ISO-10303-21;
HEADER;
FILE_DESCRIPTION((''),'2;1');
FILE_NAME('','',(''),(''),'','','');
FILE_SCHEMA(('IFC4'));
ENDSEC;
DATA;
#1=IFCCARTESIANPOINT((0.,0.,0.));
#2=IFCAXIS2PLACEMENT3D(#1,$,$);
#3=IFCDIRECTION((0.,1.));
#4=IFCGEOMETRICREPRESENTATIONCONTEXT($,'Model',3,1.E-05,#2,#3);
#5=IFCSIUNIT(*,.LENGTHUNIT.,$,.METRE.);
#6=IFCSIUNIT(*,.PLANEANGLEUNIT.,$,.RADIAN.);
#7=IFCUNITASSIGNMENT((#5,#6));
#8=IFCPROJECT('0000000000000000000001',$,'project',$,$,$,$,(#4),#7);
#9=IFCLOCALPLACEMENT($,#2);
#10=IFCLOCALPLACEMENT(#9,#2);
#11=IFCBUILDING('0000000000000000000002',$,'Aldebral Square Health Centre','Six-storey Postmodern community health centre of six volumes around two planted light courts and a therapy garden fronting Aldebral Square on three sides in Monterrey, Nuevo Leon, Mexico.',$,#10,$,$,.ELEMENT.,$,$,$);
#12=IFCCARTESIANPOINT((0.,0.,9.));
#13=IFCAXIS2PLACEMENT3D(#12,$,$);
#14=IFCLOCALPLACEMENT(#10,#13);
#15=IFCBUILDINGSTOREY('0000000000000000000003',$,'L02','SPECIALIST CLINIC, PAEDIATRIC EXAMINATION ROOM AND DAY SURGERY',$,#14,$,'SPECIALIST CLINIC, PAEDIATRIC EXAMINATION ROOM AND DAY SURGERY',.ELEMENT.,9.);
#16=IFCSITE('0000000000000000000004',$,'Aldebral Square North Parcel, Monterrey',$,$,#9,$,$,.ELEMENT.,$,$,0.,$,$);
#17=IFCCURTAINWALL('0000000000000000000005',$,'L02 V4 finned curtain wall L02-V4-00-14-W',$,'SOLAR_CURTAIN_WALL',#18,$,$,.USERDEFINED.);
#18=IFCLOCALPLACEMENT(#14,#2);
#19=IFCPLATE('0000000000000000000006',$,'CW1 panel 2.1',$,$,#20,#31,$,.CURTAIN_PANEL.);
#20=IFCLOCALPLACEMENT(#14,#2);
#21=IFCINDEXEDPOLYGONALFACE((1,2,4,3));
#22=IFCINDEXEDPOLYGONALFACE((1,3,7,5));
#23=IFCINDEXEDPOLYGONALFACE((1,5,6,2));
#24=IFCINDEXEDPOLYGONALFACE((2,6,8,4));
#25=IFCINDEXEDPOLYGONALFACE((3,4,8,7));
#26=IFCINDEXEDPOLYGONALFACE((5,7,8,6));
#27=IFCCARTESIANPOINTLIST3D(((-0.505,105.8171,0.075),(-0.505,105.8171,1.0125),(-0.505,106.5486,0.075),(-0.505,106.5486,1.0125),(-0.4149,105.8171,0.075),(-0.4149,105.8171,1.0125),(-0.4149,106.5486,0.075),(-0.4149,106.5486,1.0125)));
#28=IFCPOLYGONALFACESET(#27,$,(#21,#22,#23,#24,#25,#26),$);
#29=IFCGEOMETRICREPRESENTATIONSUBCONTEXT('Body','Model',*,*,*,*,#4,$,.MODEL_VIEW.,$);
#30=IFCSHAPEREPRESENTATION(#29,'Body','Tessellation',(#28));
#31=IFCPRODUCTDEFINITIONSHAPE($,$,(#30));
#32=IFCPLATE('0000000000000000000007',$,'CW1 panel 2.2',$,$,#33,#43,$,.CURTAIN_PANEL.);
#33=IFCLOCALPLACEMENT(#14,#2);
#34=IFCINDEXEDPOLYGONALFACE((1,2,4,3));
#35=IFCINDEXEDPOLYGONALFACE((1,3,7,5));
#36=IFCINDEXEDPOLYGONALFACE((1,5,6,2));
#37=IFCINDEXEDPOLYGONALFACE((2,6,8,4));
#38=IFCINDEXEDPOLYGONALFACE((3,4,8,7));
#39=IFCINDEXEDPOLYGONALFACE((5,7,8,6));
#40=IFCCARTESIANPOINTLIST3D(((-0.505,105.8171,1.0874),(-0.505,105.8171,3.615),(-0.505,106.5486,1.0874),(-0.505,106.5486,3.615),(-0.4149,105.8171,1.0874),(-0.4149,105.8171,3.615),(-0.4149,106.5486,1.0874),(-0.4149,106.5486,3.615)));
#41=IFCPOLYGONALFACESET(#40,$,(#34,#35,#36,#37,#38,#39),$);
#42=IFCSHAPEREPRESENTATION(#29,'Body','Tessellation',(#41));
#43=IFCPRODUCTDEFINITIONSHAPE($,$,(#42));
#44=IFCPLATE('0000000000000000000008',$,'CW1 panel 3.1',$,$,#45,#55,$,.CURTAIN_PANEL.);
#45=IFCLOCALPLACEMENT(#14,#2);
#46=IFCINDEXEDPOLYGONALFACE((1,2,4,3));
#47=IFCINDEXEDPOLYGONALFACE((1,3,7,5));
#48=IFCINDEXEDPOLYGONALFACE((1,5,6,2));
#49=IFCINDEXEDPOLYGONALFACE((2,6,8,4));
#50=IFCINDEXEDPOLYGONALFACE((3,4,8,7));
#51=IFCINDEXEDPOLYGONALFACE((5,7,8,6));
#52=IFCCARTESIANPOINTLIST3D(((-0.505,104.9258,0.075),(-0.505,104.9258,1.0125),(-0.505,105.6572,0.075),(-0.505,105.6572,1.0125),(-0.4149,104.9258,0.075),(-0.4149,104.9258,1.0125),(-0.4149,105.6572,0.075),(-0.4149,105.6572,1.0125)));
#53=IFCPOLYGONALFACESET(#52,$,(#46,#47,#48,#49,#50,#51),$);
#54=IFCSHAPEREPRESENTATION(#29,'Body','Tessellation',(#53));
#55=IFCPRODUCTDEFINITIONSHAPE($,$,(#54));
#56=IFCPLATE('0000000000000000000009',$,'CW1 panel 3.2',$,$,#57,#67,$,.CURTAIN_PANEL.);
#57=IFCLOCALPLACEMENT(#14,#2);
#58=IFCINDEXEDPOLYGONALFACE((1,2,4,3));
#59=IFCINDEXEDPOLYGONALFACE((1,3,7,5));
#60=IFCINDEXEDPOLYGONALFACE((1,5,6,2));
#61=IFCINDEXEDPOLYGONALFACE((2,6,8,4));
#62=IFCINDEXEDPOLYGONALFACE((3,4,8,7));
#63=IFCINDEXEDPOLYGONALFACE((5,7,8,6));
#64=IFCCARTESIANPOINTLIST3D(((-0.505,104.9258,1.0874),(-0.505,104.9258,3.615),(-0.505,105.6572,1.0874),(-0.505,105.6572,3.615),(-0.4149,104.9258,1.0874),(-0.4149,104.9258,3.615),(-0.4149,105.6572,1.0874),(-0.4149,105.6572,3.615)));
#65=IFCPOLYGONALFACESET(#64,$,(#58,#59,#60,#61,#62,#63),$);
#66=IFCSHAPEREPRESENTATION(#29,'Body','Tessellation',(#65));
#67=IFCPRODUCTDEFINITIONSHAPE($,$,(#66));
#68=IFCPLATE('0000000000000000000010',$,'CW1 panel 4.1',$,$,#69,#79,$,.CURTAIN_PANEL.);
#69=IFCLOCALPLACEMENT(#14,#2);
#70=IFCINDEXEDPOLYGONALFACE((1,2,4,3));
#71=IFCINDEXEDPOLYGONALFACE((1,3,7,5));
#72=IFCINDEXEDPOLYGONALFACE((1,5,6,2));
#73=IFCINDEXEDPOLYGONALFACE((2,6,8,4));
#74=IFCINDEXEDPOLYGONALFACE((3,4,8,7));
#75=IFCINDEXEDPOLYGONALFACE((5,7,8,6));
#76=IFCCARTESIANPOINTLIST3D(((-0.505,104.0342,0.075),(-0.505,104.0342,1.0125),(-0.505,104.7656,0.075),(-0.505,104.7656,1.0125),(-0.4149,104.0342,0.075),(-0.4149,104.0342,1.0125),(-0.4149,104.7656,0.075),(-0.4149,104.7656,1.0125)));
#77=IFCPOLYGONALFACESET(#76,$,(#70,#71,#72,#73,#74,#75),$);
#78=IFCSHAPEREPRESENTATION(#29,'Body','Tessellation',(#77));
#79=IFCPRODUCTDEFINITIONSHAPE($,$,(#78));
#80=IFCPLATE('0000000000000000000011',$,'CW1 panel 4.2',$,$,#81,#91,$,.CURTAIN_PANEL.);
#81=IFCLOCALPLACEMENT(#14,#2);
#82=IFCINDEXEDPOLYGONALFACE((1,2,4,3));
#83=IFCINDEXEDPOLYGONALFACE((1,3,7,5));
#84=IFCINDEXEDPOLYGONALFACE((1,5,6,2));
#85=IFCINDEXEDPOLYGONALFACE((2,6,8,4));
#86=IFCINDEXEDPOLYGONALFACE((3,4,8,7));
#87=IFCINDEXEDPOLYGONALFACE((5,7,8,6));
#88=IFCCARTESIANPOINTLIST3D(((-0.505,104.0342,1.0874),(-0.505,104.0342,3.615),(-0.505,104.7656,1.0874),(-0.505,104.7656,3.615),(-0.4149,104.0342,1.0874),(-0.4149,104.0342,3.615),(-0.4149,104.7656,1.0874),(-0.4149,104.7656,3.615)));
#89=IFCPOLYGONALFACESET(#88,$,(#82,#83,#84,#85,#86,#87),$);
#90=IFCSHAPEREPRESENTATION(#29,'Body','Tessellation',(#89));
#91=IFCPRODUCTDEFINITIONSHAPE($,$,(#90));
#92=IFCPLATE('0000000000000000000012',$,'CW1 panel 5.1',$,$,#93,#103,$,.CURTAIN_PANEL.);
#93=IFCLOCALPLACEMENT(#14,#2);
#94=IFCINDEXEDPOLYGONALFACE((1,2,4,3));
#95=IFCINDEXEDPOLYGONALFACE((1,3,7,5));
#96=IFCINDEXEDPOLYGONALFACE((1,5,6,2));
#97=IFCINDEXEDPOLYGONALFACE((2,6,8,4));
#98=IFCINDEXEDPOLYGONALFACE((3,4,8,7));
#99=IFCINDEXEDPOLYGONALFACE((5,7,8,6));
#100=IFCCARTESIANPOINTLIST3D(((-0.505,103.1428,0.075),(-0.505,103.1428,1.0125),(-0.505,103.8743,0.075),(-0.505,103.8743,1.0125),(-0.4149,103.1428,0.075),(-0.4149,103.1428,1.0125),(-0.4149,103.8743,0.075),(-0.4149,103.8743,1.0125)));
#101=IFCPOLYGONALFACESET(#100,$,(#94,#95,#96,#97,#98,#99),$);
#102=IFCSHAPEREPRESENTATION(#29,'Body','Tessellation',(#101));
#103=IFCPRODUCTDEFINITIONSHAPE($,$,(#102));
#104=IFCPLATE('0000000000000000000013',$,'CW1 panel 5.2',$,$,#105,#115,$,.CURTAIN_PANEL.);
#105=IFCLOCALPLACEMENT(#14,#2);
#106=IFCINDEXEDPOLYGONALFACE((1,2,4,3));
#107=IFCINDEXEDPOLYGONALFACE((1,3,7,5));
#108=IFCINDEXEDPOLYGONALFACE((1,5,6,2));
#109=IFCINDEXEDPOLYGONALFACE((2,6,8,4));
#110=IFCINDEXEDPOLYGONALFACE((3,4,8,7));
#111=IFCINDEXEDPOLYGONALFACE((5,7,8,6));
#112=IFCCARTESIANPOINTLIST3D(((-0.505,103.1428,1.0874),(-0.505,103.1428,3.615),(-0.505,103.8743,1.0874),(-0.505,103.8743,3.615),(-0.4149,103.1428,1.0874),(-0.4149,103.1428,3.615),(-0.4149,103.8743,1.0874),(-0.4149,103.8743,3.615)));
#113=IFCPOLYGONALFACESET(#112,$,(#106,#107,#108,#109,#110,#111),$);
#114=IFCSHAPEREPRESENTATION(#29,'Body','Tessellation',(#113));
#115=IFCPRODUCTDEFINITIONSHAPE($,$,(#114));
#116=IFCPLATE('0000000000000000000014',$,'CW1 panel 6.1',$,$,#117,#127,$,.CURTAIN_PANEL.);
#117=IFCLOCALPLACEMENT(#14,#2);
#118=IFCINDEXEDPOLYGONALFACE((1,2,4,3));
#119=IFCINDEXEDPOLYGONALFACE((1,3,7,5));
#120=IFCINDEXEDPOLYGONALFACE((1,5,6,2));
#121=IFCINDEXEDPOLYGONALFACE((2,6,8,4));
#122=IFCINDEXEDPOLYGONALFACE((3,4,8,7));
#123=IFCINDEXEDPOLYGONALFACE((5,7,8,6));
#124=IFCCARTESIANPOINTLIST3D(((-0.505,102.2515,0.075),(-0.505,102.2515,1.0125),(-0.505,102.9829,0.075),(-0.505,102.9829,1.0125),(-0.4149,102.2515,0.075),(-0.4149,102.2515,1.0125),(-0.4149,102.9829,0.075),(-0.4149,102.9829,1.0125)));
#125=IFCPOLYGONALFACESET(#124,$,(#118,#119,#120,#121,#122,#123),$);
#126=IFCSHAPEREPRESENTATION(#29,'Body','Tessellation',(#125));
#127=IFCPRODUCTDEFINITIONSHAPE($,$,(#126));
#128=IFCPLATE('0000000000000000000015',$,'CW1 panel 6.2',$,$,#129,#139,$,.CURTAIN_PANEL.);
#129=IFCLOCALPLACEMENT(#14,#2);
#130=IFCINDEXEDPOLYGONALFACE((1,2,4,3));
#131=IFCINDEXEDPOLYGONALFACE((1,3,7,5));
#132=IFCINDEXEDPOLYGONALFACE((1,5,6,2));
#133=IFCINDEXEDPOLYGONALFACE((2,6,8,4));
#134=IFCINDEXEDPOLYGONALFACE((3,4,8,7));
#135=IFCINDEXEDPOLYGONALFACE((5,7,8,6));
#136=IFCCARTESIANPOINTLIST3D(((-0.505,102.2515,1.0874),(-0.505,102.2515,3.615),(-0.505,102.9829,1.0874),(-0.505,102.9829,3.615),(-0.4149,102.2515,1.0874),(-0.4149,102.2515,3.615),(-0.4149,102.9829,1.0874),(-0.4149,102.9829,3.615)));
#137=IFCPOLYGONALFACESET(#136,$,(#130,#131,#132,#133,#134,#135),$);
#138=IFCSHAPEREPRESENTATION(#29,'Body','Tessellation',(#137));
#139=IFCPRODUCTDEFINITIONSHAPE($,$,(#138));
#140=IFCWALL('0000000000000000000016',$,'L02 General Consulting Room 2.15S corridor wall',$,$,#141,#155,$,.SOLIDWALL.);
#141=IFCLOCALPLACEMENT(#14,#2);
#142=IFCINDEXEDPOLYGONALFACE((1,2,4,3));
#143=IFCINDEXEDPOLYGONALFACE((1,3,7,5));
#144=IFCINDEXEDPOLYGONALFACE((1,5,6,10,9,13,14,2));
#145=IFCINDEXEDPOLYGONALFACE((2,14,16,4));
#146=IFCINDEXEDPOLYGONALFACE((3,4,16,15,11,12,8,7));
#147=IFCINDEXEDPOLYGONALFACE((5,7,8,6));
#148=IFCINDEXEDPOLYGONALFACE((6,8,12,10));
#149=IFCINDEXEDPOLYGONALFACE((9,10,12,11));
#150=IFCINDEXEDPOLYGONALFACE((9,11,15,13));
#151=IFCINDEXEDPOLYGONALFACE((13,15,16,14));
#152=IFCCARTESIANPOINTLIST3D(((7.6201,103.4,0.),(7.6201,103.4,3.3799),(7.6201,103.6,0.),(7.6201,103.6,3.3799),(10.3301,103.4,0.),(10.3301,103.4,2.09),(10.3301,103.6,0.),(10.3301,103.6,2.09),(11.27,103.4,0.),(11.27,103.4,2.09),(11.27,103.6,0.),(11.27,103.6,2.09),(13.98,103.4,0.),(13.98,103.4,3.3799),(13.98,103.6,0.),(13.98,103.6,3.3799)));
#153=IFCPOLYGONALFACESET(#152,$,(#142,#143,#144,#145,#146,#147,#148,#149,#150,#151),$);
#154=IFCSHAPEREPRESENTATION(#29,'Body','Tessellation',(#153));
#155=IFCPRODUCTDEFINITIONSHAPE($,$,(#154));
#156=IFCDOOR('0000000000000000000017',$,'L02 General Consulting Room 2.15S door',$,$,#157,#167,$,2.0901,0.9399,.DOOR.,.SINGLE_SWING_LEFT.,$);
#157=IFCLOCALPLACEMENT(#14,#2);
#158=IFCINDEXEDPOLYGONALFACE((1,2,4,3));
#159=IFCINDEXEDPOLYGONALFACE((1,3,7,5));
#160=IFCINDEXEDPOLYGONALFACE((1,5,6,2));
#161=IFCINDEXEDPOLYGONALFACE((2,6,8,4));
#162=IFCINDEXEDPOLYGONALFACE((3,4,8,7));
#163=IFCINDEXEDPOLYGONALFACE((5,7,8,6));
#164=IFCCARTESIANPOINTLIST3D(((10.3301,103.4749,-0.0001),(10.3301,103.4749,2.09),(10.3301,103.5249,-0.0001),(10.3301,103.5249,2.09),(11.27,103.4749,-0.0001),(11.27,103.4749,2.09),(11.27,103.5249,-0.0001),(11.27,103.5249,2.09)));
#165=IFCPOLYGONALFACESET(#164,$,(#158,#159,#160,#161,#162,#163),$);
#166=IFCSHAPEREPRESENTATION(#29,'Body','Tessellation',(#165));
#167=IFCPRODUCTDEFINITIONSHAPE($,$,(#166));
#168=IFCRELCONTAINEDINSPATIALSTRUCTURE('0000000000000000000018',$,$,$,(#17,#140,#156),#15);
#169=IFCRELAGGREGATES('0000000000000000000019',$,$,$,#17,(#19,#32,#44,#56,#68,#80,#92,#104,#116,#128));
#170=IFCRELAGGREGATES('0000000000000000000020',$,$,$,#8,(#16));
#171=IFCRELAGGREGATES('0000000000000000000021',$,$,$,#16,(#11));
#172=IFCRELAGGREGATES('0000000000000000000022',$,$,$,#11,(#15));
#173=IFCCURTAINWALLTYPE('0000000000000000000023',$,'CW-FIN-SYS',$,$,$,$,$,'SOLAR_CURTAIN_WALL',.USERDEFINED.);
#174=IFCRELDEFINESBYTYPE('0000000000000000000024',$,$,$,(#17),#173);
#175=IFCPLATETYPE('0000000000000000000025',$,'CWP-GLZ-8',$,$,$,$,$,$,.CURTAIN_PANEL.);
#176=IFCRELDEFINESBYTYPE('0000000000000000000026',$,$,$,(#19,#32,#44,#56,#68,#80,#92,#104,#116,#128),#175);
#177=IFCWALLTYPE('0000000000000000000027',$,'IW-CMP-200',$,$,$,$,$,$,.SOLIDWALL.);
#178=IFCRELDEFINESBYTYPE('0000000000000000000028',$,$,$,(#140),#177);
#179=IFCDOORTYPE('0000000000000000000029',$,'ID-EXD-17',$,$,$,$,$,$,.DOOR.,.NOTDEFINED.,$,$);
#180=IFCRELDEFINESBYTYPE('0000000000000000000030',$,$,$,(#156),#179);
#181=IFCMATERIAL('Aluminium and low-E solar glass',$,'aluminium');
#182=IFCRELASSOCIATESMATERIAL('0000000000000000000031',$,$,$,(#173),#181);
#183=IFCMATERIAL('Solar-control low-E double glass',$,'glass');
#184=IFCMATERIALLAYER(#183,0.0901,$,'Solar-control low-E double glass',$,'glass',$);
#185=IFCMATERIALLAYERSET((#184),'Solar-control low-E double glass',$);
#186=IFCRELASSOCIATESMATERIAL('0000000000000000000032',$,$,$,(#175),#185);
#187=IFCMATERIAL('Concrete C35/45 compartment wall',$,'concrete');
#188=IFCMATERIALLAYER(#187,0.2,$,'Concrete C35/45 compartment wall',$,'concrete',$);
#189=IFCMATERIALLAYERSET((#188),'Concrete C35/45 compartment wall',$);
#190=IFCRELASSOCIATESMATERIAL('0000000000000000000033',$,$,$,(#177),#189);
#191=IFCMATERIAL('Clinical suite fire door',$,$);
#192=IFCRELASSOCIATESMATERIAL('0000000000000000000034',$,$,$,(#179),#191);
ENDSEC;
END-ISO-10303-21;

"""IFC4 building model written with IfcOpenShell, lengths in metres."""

from ifc_helpers import new_model, si_unit, direction, frame, frame_2d, origin, origin_2d, place, context, subcontext, project, spatial, rectangle, extrude, material, layer, layer_set, type_object, element, fill, aggregate, save


model = new_model("IFC4")

# Units and contexts
model_context = context("Model", 3, precision=1e-05, world=origin(), true_north=direction((0.0, 1.0)))
body_context = subcontext(model_context, "Body", "Model", "MODEL_VIEW")
ifc_project = project(units=[si_unit("LENGTHUNIT", "METRE"), si_unit("PLANEANGLEUNIT", "RADIAN")], contexts=[model_context])

# Site, building, storey
site_placement = place(None, origin())
site = spatial("IfcSite", under=ifc_project, at=site_placement, Name="Aldebral Square North Parcel, Monterrey", CompositionType="ELEMENT", RefElevation=0.0)
building_placement = place(site_placement, origin())
building = spatial("IfcBuilding", under=site, at=building_placement, Name="Aldebral Square Health Centre", Description="Six-storey Postmodern community health centre of six volumes around two planted light courts and a therapy garden fronting Aldebral Square on three sides in Monterrey, Nuevo Leon, Mexico.", CompositionType="ELEMENT")
storey_placement = place(building_placement, frame((0.0, 0.0, 9.0)))
storey = spatial("IfcBuildingStorey", under=building, at=storey_placement, Name="L02", Description="SPECIALIST CLINIC, PAEDIATRIC EXAMINATION ROOM AND DAY SURGERY", LongName="SPECIALIST CLINIC, PAEDIATRIC EXAMINATION ROOM AND DAY SURGERY", CompositionType="ELEMENT", Elevation=9.0)

# Curtain wall, plates
ifc_material_1 = material(Name="Aluminium and low-E solar glass", Category="aluminium")
curtain_wall_type = type_object("IfcCurtainWallType", Name="CW-FIN-SYS", ElementType="SOLAR_CURTAIN_WALL", PredefinedType="USERDEFINED", material=ifc_material_1)
curtain_wall_placement = place(storey_placement, origin())
curtain_wall = element("IfcCurtainWall", 1, at=curtain_wall_placement, inside=storey, type_object=curtain_wall_type, Name="L02 V4 finned curtain wall L02-V4-00-14-W", ObjectType="SOLAR_CURTAIN_WALL", PredefinedType="USERDEFINED")
ifc_material_2 = material(Name="Solar-control low-E double glass", Category="glass")
ifc_layer_1 = layer(ifc_material_2, 0.0901, Name="Solar-control low-E double glass", Category="glass")
ifc_layer_set_1 = layer_set([ifc_layer_1], Name="Solar-control low-E double glass")
plate_type = type_object("IfcPlateType", Name="CWP-GLZ-8", PredefinedType="CURTAIN_PANEL", material=ifc_layer_set_1)
plate_1_placement = place(storey_placement, frame((-0.46, 106.1829, 0.075), z_axis=(0.0, 0.0, 1.0), x_axis=(0.0, -1.0, 0.0)))
plate_1 = element("IfcPlate", 2, at=plate_1_placement, type_object=plate_type, Name="CW1 panel 2.1", PredefinedType="CURTAIN_PANEL", context=body_context, shape_type="SweptSolid", body=[
    extrude(rectangle(XDim=0.7314, YDim=0.0901, at=origin_2d()), origin(), (0.0, 0.0, 1.0), 0.9375),
])
plate_2_placement = place(storey_placement, frame((-0.46, 106.1829, 1.0874), z_axis=(0.0, 0.0, 1.0), x_axis=(0.0, -1.0, 0.0)))
plate_2 = element("IfcPlate", 3, at=plate_2_placement, type_object=plate_type, Name="CW1 panel 2.2", PredefinedType="CURTAIN_PANEL", context=body_context, shape_type="SweptSolid", body=[
    extrude(rectangle(XDim=0.7314, YDim=0.0901, at=origin_2d()), origin(), (0.0, 0.0, 1.0), 2.5276),
])
plate_3_placement = place(storey_placement, frame((-0.46, 105.2915, 0.075), z_axis=(0.0, 0.0, 1.0), x_axis=(0.0, -1.0, 0.0)))
plate_3 = element("IfcPlate", 4, at=plate_3_placement, type_object=plate_type, Name="CW1 panel 3.1", PredefinedType="CURTAIN_PANEL", context=body_context, shape_type="SweptSolid", body=[
    extrude(rectangle(XDim=0.7314, YDim=0.0901, at=origin_2d()), origin(), (0.0, 0.0, 1.0), 0.9375),
])
plate_4_placement = place(storey_placement, frame((-0.46, 105.2915, 1.0874), z_axis=(0.0, 0.0, 1.0), x_axis=(0.0, -1.0, 0.0)))
plate_4 = element("IfcPlate", 5, at=plate_4_placement, type_object=plate_type, Name="CW1 panel 3.2", PredefinedType="CURTAIN_PANEL", context=body_context, shape_type="SweptSolid", body=[
    extrude(rectangle(XDim=0.7314, YDim=0.0901, at=origin_2d()), origin(), (0.0, 0.0, 1.0), 2.5276),
])
plate_5_placement = place(storey_placement, frame((-0.46, 104.3999, 0.075), z_axis=(0.0, 0.0, 1.0), x_axis=(0.0, -1.0, 0.0)))
plate_5 = element("IfcPlate", 6, at=plate_5_placement, type_object=plate_type, Name="CW1 panel 4.1", PredefinedType="CURTAIN_PANEL", context=body_context, shape_type="SweptSolid", body=[
    extrude(rectangle(XDim=0.7314, YDim=0.0901, at=origin_2d()), origin(), (0.0, 0.0, 1.0), 0.9375),
])
plate_6_placement = place(storey_placement, frame((-0.46, 104.3999, 1.0874), z_axis=(0.0, 0.0, 1.0), x_axis=(0.0, -1.0, 0.0)))
plate_6 = element("IfcPlate", 7, at=plate_6_placement, type_object=plate_type, Name="CW1 panel 4.2", PredefinedType="CURTAIN_PANEL", context=body_context, shape_type="SweptSolid", body=[
    extrude(rectangle(XDim=0.7314, YDim=0.0901, at=origin_2d()), origin(), (0.0, 0.0, 1.0), 2.5276),
])
plate_7_placement = place(storey_placement, frame((-0.46, 103.5085, 0.075), z_axis=(0.0, 0.0, 1.0), x_axis=(0.0, -1.0, 0.0)))
plate_7 = element("IfcPlate", 8, at=plate_7_placement, type_object=plate_type, Name="CW1 panel 5.1", PredefinedType="CURTAIN_PANEL", context=body_context, shape_type="SweptSolid", body=[
    extrude(rectangle(XDim=0.7314, YDim=0.0901, at=origin_2d()), origin(), (0.0, 0.0, 1.0), 0.9375),
])
plate_8_placement = place(storey_placement, frame((-0.46, 103.5085, 1.0874), z_axis=(0.0, 0.0, 1.0), x_axis=(0.0, -1.0, 0.0)))
plate_8 = element("IfcPlate", 9, at=plate_8_placement, type_object=plate_type, Name="CW1 panel 5.2", PredefinedType="CURTAIN_PANEL", context=body_context, shape_type="SweptSolid", body=[
    extrude(rectangle(XDim=0.7314, YDim=0.0901, at=origin_2d()), origin(), (0.0, 0.0, 1.0), 2.5276),
])
plate_9_placement = place(storey_placement, frame((-0.46, 102.6172, 0.075), z_axis=(0.0, 0.0, 1.0), x_axis=(0.0, -1.0, 0.0)))
plate_9 = element("IfcPlate", 10, at=plate_9_placement, type_object=plate_type, Name="CW1 panel 6.1", PredefinedType="CURTAIN_PANEL", context=body_context, shape_type="SweptSolid", body=[
    extrude(rectangle(XDim=0.7314, YDim=0.0901, at=origin_2d()), origin(), (0.0, 0.0, 1.0), 0.9375),
])
plate_10_placement = place(storey_placement, frame((-0.46, 102.6172, 1.0874), z_axis=(0.0, 0.0, 1.0), x_axis=(0.0, -1.0, 0.0)))
plate_10 = element("IfcPlate", 11, at=plate_10_placement, type_object=plate_type, Name="CW1 panel 6.2", PredefinedType="CURTAIN_PANEL", context=body_context, shape_type="SweptSolid", body=[
    extrude(rectangle(XDim=0.7314, YDim=0.0901, at=origin_2d()), origin(), (0.0, 0.0, 1.0), 2.5276),
])
aggregate(curtain_wall, [plate_1, plate_2, plate_3, plate_4, plate_5, plate_6, plate_7, plate_8, plate_9, plate_10])

# Wall, opening, door
ifc_material_3 = material(Name="Concrete C35/45 compartment wall", Category="concrete")
ifc_layer_2 = layer(ifc_material_3, 0.2, Name="Concrete C35/45 compartment wall", Category="concrete")
ifc_layer_set_2 = layer_set([ifc_layer_2], Name="Concrete C35/45 compartment wall")
wall_type_1 = type_object("IfcWallType", Name="IW-CMP-200", PredefinedType="SOLIDWALL", material=ifc_layer_set_2)
wall_1_placement = place(storey_placement, frame((7.6201, 103.5, 0.0), z_axis=(0.0, 0.0, 1.0), x_axis=(1.0, 0.0, 0.0)))
wall_1 = element("IfcWall", 12, at=wall_1_placement, inside=storey, type_object=wall_type_1, Name="L02 General Consulting Room 2.15S corridor wall", PredefinedType="SOLIDWALL", context=body_context, shape_type="SweptSolid", body=[
    extrude(rectangle(XDim=6.3599, YDim=0.2, at=frame_2d((3.1799, 0.0))), origin(), (0.0, 0.0, 1.0), 3.3799),
])
opening_1_placement = place(wall_1_placement, frame((2.71, 0.0, 0.0)))
opening_1 = element("IfcOpeningElement", 13, at=opening_1_placement, cuts=wall_1, PredefinedType="OPENING", context=body_context, shape_type="SweptSolid", body=[
    extrude(rectangle(XDim=0.9399, YDim=2.0901, at=frame_2d((0.47, 1.0449))), frame((0.0, 0.1099, 0.0), z_axis=(0.0, -1.0, 0.0), x_axis=(1.0, 0.0, 0.0)), (0.0, 0.0, 1.0), 0.22),
])
ifc_material_4 = material(Name="Clinical suite fire door")
door_type_1 = type_object("IfcDoorType", Name="ID-EXD-17", OperationType="NOTDEFINED", PredefinedType="DOOR", material=ifc_material_4)
door_1_placement = place(opening_1_placement, origin())
door_1 = element("IfcDoor", 14, at=door_1_placement, inside=storey, type_object=door_type_1, Name="L02 General Consulting Room 2.15S door", OperationType="SINGLE_SWING_LEFT", OverallHeight=2.0901, OverallWidth=0.9399, PredefinedType="DOOR", context=body_context, shape_type="SweptSolid", body=[
    extrude(rectangle(XDim=0.9399, YDim=2.0901, at=frame_2d((0.47, 1.0449))), frame((0.0, 0.0249, 0.0), z_axis=(0.0, -1.0, 0.0), x_axis=(1.0, 0.0, 0.0)), (0.0, 0.0, 1.0), 0.05),
])
fill(opening_1, door_1)

save(model, "model.ifc")
